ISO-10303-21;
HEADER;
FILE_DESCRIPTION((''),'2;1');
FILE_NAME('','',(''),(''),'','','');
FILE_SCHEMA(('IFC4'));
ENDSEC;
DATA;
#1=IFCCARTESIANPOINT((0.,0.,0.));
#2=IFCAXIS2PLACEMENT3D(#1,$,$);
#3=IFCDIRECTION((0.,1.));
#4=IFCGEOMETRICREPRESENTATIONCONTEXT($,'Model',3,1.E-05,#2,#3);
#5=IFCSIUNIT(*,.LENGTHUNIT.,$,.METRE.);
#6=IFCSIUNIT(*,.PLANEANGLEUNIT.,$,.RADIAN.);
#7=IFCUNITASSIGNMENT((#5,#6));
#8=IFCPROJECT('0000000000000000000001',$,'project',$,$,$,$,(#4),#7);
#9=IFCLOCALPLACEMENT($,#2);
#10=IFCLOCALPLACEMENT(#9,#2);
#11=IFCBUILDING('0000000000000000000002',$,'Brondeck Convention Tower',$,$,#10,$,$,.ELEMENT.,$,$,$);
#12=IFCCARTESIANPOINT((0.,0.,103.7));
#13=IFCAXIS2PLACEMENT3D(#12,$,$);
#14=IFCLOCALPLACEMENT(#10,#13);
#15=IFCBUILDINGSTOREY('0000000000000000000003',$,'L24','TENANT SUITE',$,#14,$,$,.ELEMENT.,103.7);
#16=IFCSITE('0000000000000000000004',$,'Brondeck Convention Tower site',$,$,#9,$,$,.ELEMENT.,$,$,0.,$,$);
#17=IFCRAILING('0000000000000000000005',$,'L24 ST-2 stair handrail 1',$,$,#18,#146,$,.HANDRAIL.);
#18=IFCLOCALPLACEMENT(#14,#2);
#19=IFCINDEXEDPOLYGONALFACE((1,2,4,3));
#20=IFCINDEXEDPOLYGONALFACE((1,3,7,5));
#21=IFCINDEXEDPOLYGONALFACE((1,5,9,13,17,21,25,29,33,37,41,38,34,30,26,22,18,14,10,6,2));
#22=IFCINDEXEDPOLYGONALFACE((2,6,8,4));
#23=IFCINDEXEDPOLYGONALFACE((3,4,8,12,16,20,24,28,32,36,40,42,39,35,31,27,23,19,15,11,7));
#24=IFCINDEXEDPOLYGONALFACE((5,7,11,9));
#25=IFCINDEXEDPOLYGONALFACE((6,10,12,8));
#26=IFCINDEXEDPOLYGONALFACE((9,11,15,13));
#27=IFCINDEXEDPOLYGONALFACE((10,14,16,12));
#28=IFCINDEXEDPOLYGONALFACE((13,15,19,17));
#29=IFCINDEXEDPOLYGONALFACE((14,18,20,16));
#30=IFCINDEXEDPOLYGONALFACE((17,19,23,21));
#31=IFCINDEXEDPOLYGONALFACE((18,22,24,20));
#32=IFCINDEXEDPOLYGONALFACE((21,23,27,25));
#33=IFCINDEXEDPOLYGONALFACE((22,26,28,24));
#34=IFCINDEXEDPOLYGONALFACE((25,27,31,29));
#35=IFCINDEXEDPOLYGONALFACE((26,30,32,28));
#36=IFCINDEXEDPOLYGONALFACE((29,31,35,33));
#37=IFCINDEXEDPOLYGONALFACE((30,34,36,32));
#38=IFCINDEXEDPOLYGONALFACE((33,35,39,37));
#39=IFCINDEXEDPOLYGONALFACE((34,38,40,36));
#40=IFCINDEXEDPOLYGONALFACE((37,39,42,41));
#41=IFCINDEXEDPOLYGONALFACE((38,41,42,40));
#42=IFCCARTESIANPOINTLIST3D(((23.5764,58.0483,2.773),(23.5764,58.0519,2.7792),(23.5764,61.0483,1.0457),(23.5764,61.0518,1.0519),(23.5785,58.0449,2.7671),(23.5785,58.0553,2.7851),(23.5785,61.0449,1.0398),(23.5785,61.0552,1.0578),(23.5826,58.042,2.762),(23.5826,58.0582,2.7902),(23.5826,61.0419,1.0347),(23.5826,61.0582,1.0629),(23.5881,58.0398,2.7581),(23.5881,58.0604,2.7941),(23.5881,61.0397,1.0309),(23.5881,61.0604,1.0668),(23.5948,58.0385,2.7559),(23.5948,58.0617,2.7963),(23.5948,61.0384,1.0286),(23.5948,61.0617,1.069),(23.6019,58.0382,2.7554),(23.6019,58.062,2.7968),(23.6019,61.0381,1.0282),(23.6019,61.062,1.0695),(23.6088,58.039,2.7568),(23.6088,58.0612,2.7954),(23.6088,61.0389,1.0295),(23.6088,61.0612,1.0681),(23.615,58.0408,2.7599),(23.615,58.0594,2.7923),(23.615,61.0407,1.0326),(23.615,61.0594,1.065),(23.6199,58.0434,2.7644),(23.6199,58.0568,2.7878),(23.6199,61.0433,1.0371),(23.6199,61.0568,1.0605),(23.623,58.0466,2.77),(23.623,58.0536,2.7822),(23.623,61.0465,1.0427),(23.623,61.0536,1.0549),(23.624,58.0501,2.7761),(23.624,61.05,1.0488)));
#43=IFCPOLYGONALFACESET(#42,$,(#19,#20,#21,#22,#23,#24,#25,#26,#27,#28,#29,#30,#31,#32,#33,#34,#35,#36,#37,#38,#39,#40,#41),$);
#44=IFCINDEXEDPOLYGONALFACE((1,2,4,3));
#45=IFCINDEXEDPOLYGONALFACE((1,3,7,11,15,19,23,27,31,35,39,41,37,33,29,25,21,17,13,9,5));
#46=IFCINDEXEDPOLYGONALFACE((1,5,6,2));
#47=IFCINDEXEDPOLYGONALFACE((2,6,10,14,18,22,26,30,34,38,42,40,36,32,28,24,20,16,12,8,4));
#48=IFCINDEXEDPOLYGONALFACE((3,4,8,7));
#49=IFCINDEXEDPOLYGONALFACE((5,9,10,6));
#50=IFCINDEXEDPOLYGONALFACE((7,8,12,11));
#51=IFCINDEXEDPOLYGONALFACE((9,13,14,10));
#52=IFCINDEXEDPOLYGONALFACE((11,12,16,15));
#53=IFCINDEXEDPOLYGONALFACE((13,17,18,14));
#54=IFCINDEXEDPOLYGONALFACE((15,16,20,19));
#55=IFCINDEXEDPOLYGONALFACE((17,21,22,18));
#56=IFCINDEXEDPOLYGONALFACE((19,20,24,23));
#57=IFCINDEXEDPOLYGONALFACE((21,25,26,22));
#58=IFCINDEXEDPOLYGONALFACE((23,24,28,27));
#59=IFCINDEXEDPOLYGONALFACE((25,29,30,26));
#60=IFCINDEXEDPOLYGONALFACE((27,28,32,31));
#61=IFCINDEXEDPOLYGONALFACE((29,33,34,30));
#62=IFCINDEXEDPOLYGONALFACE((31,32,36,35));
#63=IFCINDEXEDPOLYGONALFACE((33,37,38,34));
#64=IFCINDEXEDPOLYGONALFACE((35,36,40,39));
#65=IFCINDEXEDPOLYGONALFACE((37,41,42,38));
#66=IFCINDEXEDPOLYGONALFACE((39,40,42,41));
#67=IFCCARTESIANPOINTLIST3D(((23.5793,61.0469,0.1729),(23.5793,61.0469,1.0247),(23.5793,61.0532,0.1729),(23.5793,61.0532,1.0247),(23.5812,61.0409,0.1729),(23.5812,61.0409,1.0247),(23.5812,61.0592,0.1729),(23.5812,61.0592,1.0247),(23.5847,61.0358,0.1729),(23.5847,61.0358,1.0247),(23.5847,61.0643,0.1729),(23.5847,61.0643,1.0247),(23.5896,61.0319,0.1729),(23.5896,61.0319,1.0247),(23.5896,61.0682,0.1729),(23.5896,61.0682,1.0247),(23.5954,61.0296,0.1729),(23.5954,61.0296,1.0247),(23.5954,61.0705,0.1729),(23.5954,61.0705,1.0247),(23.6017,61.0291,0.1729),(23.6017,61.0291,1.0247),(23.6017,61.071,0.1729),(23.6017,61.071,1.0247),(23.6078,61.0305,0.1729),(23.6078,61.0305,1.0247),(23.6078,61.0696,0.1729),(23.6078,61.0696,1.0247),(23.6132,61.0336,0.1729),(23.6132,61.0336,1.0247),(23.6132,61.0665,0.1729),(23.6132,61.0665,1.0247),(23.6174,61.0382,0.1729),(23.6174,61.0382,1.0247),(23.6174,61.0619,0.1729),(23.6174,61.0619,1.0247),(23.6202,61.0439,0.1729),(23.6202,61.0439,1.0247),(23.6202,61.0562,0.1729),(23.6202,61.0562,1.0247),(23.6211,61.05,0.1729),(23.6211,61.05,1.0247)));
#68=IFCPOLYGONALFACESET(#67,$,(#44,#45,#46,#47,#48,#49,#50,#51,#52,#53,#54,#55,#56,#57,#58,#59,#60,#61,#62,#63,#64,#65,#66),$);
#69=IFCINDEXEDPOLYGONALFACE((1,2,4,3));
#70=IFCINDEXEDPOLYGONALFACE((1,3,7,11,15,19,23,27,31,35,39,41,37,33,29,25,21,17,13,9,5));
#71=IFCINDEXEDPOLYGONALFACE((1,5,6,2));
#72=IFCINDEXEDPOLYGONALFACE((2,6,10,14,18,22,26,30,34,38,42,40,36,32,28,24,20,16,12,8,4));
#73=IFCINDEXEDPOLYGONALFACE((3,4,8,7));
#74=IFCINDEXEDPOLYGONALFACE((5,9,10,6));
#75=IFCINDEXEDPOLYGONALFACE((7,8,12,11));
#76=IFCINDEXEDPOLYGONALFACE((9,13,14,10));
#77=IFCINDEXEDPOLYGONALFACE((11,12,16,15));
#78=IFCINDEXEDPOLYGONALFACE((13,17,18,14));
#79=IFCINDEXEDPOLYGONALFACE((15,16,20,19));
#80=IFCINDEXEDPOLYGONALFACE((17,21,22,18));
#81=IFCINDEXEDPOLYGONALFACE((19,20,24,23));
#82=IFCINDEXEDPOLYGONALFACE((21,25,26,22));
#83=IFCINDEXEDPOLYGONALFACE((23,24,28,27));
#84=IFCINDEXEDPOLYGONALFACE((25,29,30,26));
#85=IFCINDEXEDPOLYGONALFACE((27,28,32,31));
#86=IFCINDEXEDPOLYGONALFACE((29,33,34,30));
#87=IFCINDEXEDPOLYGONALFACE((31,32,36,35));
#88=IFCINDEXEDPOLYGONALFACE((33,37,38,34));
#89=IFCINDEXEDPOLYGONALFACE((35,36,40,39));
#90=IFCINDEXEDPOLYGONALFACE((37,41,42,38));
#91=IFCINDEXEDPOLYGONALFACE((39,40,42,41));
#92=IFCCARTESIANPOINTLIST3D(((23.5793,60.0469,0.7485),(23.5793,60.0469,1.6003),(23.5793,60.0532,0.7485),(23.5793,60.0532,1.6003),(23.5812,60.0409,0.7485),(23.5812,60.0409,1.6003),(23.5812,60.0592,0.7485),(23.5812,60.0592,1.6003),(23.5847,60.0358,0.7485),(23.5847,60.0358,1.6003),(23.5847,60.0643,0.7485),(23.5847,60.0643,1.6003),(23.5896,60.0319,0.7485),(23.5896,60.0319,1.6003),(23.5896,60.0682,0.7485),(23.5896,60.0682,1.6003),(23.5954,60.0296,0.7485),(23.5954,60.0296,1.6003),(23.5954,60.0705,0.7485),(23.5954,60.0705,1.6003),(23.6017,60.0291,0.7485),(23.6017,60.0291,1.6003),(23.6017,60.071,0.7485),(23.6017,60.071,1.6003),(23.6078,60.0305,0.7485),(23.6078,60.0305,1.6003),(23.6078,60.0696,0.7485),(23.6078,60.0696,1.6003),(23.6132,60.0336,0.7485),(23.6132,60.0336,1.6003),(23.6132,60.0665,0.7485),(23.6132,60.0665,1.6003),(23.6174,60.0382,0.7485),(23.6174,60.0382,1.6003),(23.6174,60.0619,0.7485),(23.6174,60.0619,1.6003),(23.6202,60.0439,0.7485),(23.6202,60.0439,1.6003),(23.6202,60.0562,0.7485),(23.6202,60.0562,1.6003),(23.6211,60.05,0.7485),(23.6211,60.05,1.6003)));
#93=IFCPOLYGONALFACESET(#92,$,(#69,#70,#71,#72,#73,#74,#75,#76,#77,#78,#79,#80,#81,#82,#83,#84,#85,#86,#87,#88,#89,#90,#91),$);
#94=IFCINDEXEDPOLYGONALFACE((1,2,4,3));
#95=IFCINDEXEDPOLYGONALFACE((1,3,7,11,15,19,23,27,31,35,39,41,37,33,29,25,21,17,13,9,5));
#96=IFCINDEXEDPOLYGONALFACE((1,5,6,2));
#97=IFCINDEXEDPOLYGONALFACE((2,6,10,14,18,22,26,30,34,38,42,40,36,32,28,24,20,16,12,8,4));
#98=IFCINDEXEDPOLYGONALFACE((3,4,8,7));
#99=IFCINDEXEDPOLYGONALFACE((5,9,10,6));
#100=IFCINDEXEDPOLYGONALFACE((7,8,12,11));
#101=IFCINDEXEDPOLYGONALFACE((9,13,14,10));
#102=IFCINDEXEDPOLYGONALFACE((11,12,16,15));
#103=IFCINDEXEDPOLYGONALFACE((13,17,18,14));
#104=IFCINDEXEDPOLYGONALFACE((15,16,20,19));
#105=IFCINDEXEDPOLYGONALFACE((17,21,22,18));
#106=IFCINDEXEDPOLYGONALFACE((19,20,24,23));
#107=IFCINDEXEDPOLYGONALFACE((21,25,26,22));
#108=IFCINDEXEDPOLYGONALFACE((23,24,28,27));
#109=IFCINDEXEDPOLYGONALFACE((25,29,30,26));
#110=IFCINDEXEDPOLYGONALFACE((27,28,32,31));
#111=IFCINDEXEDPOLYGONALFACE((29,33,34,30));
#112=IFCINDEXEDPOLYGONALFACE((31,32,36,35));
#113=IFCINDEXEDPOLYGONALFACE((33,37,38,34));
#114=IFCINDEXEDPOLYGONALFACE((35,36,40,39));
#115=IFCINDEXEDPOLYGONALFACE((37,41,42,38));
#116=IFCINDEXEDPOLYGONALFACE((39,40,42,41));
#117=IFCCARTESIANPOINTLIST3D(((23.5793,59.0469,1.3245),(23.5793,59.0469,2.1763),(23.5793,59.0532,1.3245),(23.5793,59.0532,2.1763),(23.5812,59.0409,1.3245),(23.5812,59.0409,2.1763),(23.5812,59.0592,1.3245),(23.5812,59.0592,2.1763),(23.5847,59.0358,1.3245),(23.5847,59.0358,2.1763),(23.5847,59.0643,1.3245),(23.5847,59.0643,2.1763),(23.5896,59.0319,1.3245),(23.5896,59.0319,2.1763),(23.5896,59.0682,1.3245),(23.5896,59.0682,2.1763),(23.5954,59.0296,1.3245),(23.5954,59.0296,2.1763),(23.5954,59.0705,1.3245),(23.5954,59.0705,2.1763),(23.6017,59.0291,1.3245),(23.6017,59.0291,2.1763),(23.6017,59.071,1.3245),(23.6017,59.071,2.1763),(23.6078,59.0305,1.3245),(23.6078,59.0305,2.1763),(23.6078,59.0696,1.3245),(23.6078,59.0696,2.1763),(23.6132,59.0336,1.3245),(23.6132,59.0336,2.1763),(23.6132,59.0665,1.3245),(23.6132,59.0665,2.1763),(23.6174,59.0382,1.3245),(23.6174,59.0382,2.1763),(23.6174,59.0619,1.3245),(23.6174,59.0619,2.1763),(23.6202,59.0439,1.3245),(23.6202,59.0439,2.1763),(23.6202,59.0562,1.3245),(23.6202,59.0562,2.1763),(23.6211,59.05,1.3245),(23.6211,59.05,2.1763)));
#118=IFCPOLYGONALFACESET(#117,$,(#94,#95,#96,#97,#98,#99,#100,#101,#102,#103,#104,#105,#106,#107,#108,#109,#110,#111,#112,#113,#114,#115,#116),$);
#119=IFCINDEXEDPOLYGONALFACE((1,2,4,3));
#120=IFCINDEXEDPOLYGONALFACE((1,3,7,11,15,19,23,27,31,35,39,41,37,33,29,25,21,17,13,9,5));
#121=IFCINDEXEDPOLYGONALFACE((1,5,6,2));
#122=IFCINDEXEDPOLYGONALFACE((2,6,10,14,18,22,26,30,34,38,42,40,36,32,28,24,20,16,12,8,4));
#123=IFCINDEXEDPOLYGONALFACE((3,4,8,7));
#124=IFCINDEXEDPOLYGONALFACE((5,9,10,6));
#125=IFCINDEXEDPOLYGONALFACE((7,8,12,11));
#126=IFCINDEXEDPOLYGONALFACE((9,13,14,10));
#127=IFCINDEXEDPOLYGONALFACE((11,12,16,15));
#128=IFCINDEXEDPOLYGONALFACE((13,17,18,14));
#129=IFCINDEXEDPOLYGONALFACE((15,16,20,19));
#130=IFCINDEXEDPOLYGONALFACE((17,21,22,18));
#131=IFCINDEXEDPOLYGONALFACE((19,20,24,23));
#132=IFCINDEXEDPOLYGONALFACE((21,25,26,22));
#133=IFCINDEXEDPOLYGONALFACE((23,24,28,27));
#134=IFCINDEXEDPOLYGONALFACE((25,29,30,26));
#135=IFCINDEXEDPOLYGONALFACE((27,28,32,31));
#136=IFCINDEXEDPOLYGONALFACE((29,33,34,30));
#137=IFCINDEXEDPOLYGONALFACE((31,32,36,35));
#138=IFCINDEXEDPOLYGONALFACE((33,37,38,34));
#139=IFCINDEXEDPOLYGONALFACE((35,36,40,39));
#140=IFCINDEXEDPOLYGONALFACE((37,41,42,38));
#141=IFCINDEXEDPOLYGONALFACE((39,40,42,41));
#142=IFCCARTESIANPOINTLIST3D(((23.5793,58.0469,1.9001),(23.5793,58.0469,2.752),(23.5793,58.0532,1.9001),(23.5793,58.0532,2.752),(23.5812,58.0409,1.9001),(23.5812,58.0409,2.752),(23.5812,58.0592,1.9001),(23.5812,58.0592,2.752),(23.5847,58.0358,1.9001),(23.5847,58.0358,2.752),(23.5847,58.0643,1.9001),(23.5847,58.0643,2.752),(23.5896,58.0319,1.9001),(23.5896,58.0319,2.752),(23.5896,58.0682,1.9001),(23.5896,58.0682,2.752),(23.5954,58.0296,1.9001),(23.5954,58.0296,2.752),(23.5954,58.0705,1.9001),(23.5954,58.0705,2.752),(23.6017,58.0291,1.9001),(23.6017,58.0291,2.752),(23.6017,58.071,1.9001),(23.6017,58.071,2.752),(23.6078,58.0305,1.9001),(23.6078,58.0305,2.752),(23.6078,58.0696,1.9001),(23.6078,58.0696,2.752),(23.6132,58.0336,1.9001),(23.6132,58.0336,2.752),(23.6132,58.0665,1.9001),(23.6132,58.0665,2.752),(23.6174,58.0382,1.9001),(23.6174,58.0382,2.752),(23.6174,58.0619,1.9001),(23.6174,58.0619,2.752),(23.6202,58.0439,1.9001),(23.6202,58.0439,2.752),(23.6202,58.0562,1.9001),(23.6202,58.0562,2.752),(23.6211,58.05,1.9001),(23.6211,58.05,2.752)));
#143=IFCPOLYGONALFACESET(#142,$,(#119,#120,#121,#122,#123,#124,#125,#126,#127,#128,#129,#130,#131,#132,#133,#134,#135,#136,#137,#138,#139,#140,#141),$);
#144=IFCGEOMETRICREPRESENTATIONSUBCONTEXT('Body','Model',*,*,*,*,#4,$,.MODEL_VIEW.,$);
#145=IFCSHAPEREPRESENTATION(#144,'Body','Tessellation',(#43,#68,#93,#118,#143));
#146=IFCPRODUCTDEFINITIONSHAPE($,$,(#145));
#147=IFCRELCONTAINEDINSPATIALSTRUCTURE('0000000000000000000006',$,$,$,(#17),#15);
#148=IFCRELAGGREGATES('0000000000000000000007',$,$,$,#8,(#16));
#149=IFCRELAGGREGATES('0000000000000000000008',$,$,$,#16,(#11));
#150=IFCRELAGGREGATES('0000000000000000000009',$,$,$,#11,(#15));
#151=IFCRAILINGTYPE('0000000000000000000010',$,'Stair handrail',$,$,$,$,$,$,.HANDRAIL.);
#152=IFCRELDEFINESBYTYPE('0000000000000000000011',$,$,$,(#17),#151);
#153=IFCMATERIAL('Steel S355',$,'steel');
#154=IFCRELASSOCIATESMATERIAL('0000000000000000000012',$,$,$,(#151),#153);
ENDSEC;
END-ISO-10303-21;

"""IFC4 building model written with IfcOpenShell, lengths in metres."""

from ifc_helpers import new_model, si_unit, direction, frame, origin, origin_2d, place, context, subcontext, project, spatial, circle, extrude, material, type_object, element, save


model = new_model("IFC4")

# Units and contexts
model_context = context("Model", 3, precision=1e-05, world=origin(), true_north=direction((0.0, 1.0)))
body_context = subcontext(model_context, "Body", "Model", "MODEL_VIEW")
ifc_project = project(units=[si_unit("LENGTHUNIT", "METRE"), si_unit("PLANEANGLEUNIT", "RADIAN")], contexts=[model_context])

# Site, building, storey
site_placement = place(None, origin())
site = spatial("IfcSite", under=ifc_project, at=site_placement, Name="Brondeck Convention Tower site", CompositionType="ELEMENT", RefElevation=0.0)
building_placement = place(site_placement, origin())
building = spatial("IfcBuilding", under=site, at=building_placement, Name="Brondeck Convention Tower", CompositionType="ELEMENT")
storey_placement = place(building_placement, frame((0.0, 0.0, 103.7)))
storey = spatial("IfcBuildingStorey", under=building, at=storey_placement, Name="L24", Description="TENANT SUITE", CompositionType="ELEMENT", Elevation=103.7)

# Railing
ifc_material_1 = material(Name="Steel S355", Category="steel")
railing_type_1 = type_object("IfcRailingType", Name="Stair handrail", PredefinedType="HANDRAIL", material=ifc_material_1)
railing_1_placement = place(storey_placement, frame((23.6001, 61.05, 0.1729)))
element("IfcRailing", 1, at=railing_1_placement, inside=storey, type_object=railing_type_1, Name="L24 ST-2 stair handrail 1", PredefinedType="HANDRAIL", context=body_context, shape_type="SweptSolid", body=[
    extrude(circle(Radius=0.0239, at=origin_2d()), frame((0.0, 0.0, 0.876), z_axis=(0.0, -0.86662, 0.498969), x_axis=(1.0, 0.0, 0.0)), (0.0, 0.0, 1.0), 3.4617),
    extrude(circle(Radius=0.021, at=origin_2d()), origin(), (0.0, 0.0, 1.0), 0.8518),
    extrude(circle(Radius=0.021, at=origin_2d()), frame((0.0, -1.0, 0.5757)), (0.0, 0.0, 1.0), 0.8518),
    extrude(circle(Radius=0.021, at=origin_2d()), frame((0.0, -2.0, 1.1516)), (0.0, 0.0, 1.0), 0.8518),
    extrude(circle(Radius=0.021, at=origin_2d()), frame((0.0, -3.0, 1.7273)), (0.0, 0.0, 1.0), 0.8518),
])

save(model, "model.ifc")
